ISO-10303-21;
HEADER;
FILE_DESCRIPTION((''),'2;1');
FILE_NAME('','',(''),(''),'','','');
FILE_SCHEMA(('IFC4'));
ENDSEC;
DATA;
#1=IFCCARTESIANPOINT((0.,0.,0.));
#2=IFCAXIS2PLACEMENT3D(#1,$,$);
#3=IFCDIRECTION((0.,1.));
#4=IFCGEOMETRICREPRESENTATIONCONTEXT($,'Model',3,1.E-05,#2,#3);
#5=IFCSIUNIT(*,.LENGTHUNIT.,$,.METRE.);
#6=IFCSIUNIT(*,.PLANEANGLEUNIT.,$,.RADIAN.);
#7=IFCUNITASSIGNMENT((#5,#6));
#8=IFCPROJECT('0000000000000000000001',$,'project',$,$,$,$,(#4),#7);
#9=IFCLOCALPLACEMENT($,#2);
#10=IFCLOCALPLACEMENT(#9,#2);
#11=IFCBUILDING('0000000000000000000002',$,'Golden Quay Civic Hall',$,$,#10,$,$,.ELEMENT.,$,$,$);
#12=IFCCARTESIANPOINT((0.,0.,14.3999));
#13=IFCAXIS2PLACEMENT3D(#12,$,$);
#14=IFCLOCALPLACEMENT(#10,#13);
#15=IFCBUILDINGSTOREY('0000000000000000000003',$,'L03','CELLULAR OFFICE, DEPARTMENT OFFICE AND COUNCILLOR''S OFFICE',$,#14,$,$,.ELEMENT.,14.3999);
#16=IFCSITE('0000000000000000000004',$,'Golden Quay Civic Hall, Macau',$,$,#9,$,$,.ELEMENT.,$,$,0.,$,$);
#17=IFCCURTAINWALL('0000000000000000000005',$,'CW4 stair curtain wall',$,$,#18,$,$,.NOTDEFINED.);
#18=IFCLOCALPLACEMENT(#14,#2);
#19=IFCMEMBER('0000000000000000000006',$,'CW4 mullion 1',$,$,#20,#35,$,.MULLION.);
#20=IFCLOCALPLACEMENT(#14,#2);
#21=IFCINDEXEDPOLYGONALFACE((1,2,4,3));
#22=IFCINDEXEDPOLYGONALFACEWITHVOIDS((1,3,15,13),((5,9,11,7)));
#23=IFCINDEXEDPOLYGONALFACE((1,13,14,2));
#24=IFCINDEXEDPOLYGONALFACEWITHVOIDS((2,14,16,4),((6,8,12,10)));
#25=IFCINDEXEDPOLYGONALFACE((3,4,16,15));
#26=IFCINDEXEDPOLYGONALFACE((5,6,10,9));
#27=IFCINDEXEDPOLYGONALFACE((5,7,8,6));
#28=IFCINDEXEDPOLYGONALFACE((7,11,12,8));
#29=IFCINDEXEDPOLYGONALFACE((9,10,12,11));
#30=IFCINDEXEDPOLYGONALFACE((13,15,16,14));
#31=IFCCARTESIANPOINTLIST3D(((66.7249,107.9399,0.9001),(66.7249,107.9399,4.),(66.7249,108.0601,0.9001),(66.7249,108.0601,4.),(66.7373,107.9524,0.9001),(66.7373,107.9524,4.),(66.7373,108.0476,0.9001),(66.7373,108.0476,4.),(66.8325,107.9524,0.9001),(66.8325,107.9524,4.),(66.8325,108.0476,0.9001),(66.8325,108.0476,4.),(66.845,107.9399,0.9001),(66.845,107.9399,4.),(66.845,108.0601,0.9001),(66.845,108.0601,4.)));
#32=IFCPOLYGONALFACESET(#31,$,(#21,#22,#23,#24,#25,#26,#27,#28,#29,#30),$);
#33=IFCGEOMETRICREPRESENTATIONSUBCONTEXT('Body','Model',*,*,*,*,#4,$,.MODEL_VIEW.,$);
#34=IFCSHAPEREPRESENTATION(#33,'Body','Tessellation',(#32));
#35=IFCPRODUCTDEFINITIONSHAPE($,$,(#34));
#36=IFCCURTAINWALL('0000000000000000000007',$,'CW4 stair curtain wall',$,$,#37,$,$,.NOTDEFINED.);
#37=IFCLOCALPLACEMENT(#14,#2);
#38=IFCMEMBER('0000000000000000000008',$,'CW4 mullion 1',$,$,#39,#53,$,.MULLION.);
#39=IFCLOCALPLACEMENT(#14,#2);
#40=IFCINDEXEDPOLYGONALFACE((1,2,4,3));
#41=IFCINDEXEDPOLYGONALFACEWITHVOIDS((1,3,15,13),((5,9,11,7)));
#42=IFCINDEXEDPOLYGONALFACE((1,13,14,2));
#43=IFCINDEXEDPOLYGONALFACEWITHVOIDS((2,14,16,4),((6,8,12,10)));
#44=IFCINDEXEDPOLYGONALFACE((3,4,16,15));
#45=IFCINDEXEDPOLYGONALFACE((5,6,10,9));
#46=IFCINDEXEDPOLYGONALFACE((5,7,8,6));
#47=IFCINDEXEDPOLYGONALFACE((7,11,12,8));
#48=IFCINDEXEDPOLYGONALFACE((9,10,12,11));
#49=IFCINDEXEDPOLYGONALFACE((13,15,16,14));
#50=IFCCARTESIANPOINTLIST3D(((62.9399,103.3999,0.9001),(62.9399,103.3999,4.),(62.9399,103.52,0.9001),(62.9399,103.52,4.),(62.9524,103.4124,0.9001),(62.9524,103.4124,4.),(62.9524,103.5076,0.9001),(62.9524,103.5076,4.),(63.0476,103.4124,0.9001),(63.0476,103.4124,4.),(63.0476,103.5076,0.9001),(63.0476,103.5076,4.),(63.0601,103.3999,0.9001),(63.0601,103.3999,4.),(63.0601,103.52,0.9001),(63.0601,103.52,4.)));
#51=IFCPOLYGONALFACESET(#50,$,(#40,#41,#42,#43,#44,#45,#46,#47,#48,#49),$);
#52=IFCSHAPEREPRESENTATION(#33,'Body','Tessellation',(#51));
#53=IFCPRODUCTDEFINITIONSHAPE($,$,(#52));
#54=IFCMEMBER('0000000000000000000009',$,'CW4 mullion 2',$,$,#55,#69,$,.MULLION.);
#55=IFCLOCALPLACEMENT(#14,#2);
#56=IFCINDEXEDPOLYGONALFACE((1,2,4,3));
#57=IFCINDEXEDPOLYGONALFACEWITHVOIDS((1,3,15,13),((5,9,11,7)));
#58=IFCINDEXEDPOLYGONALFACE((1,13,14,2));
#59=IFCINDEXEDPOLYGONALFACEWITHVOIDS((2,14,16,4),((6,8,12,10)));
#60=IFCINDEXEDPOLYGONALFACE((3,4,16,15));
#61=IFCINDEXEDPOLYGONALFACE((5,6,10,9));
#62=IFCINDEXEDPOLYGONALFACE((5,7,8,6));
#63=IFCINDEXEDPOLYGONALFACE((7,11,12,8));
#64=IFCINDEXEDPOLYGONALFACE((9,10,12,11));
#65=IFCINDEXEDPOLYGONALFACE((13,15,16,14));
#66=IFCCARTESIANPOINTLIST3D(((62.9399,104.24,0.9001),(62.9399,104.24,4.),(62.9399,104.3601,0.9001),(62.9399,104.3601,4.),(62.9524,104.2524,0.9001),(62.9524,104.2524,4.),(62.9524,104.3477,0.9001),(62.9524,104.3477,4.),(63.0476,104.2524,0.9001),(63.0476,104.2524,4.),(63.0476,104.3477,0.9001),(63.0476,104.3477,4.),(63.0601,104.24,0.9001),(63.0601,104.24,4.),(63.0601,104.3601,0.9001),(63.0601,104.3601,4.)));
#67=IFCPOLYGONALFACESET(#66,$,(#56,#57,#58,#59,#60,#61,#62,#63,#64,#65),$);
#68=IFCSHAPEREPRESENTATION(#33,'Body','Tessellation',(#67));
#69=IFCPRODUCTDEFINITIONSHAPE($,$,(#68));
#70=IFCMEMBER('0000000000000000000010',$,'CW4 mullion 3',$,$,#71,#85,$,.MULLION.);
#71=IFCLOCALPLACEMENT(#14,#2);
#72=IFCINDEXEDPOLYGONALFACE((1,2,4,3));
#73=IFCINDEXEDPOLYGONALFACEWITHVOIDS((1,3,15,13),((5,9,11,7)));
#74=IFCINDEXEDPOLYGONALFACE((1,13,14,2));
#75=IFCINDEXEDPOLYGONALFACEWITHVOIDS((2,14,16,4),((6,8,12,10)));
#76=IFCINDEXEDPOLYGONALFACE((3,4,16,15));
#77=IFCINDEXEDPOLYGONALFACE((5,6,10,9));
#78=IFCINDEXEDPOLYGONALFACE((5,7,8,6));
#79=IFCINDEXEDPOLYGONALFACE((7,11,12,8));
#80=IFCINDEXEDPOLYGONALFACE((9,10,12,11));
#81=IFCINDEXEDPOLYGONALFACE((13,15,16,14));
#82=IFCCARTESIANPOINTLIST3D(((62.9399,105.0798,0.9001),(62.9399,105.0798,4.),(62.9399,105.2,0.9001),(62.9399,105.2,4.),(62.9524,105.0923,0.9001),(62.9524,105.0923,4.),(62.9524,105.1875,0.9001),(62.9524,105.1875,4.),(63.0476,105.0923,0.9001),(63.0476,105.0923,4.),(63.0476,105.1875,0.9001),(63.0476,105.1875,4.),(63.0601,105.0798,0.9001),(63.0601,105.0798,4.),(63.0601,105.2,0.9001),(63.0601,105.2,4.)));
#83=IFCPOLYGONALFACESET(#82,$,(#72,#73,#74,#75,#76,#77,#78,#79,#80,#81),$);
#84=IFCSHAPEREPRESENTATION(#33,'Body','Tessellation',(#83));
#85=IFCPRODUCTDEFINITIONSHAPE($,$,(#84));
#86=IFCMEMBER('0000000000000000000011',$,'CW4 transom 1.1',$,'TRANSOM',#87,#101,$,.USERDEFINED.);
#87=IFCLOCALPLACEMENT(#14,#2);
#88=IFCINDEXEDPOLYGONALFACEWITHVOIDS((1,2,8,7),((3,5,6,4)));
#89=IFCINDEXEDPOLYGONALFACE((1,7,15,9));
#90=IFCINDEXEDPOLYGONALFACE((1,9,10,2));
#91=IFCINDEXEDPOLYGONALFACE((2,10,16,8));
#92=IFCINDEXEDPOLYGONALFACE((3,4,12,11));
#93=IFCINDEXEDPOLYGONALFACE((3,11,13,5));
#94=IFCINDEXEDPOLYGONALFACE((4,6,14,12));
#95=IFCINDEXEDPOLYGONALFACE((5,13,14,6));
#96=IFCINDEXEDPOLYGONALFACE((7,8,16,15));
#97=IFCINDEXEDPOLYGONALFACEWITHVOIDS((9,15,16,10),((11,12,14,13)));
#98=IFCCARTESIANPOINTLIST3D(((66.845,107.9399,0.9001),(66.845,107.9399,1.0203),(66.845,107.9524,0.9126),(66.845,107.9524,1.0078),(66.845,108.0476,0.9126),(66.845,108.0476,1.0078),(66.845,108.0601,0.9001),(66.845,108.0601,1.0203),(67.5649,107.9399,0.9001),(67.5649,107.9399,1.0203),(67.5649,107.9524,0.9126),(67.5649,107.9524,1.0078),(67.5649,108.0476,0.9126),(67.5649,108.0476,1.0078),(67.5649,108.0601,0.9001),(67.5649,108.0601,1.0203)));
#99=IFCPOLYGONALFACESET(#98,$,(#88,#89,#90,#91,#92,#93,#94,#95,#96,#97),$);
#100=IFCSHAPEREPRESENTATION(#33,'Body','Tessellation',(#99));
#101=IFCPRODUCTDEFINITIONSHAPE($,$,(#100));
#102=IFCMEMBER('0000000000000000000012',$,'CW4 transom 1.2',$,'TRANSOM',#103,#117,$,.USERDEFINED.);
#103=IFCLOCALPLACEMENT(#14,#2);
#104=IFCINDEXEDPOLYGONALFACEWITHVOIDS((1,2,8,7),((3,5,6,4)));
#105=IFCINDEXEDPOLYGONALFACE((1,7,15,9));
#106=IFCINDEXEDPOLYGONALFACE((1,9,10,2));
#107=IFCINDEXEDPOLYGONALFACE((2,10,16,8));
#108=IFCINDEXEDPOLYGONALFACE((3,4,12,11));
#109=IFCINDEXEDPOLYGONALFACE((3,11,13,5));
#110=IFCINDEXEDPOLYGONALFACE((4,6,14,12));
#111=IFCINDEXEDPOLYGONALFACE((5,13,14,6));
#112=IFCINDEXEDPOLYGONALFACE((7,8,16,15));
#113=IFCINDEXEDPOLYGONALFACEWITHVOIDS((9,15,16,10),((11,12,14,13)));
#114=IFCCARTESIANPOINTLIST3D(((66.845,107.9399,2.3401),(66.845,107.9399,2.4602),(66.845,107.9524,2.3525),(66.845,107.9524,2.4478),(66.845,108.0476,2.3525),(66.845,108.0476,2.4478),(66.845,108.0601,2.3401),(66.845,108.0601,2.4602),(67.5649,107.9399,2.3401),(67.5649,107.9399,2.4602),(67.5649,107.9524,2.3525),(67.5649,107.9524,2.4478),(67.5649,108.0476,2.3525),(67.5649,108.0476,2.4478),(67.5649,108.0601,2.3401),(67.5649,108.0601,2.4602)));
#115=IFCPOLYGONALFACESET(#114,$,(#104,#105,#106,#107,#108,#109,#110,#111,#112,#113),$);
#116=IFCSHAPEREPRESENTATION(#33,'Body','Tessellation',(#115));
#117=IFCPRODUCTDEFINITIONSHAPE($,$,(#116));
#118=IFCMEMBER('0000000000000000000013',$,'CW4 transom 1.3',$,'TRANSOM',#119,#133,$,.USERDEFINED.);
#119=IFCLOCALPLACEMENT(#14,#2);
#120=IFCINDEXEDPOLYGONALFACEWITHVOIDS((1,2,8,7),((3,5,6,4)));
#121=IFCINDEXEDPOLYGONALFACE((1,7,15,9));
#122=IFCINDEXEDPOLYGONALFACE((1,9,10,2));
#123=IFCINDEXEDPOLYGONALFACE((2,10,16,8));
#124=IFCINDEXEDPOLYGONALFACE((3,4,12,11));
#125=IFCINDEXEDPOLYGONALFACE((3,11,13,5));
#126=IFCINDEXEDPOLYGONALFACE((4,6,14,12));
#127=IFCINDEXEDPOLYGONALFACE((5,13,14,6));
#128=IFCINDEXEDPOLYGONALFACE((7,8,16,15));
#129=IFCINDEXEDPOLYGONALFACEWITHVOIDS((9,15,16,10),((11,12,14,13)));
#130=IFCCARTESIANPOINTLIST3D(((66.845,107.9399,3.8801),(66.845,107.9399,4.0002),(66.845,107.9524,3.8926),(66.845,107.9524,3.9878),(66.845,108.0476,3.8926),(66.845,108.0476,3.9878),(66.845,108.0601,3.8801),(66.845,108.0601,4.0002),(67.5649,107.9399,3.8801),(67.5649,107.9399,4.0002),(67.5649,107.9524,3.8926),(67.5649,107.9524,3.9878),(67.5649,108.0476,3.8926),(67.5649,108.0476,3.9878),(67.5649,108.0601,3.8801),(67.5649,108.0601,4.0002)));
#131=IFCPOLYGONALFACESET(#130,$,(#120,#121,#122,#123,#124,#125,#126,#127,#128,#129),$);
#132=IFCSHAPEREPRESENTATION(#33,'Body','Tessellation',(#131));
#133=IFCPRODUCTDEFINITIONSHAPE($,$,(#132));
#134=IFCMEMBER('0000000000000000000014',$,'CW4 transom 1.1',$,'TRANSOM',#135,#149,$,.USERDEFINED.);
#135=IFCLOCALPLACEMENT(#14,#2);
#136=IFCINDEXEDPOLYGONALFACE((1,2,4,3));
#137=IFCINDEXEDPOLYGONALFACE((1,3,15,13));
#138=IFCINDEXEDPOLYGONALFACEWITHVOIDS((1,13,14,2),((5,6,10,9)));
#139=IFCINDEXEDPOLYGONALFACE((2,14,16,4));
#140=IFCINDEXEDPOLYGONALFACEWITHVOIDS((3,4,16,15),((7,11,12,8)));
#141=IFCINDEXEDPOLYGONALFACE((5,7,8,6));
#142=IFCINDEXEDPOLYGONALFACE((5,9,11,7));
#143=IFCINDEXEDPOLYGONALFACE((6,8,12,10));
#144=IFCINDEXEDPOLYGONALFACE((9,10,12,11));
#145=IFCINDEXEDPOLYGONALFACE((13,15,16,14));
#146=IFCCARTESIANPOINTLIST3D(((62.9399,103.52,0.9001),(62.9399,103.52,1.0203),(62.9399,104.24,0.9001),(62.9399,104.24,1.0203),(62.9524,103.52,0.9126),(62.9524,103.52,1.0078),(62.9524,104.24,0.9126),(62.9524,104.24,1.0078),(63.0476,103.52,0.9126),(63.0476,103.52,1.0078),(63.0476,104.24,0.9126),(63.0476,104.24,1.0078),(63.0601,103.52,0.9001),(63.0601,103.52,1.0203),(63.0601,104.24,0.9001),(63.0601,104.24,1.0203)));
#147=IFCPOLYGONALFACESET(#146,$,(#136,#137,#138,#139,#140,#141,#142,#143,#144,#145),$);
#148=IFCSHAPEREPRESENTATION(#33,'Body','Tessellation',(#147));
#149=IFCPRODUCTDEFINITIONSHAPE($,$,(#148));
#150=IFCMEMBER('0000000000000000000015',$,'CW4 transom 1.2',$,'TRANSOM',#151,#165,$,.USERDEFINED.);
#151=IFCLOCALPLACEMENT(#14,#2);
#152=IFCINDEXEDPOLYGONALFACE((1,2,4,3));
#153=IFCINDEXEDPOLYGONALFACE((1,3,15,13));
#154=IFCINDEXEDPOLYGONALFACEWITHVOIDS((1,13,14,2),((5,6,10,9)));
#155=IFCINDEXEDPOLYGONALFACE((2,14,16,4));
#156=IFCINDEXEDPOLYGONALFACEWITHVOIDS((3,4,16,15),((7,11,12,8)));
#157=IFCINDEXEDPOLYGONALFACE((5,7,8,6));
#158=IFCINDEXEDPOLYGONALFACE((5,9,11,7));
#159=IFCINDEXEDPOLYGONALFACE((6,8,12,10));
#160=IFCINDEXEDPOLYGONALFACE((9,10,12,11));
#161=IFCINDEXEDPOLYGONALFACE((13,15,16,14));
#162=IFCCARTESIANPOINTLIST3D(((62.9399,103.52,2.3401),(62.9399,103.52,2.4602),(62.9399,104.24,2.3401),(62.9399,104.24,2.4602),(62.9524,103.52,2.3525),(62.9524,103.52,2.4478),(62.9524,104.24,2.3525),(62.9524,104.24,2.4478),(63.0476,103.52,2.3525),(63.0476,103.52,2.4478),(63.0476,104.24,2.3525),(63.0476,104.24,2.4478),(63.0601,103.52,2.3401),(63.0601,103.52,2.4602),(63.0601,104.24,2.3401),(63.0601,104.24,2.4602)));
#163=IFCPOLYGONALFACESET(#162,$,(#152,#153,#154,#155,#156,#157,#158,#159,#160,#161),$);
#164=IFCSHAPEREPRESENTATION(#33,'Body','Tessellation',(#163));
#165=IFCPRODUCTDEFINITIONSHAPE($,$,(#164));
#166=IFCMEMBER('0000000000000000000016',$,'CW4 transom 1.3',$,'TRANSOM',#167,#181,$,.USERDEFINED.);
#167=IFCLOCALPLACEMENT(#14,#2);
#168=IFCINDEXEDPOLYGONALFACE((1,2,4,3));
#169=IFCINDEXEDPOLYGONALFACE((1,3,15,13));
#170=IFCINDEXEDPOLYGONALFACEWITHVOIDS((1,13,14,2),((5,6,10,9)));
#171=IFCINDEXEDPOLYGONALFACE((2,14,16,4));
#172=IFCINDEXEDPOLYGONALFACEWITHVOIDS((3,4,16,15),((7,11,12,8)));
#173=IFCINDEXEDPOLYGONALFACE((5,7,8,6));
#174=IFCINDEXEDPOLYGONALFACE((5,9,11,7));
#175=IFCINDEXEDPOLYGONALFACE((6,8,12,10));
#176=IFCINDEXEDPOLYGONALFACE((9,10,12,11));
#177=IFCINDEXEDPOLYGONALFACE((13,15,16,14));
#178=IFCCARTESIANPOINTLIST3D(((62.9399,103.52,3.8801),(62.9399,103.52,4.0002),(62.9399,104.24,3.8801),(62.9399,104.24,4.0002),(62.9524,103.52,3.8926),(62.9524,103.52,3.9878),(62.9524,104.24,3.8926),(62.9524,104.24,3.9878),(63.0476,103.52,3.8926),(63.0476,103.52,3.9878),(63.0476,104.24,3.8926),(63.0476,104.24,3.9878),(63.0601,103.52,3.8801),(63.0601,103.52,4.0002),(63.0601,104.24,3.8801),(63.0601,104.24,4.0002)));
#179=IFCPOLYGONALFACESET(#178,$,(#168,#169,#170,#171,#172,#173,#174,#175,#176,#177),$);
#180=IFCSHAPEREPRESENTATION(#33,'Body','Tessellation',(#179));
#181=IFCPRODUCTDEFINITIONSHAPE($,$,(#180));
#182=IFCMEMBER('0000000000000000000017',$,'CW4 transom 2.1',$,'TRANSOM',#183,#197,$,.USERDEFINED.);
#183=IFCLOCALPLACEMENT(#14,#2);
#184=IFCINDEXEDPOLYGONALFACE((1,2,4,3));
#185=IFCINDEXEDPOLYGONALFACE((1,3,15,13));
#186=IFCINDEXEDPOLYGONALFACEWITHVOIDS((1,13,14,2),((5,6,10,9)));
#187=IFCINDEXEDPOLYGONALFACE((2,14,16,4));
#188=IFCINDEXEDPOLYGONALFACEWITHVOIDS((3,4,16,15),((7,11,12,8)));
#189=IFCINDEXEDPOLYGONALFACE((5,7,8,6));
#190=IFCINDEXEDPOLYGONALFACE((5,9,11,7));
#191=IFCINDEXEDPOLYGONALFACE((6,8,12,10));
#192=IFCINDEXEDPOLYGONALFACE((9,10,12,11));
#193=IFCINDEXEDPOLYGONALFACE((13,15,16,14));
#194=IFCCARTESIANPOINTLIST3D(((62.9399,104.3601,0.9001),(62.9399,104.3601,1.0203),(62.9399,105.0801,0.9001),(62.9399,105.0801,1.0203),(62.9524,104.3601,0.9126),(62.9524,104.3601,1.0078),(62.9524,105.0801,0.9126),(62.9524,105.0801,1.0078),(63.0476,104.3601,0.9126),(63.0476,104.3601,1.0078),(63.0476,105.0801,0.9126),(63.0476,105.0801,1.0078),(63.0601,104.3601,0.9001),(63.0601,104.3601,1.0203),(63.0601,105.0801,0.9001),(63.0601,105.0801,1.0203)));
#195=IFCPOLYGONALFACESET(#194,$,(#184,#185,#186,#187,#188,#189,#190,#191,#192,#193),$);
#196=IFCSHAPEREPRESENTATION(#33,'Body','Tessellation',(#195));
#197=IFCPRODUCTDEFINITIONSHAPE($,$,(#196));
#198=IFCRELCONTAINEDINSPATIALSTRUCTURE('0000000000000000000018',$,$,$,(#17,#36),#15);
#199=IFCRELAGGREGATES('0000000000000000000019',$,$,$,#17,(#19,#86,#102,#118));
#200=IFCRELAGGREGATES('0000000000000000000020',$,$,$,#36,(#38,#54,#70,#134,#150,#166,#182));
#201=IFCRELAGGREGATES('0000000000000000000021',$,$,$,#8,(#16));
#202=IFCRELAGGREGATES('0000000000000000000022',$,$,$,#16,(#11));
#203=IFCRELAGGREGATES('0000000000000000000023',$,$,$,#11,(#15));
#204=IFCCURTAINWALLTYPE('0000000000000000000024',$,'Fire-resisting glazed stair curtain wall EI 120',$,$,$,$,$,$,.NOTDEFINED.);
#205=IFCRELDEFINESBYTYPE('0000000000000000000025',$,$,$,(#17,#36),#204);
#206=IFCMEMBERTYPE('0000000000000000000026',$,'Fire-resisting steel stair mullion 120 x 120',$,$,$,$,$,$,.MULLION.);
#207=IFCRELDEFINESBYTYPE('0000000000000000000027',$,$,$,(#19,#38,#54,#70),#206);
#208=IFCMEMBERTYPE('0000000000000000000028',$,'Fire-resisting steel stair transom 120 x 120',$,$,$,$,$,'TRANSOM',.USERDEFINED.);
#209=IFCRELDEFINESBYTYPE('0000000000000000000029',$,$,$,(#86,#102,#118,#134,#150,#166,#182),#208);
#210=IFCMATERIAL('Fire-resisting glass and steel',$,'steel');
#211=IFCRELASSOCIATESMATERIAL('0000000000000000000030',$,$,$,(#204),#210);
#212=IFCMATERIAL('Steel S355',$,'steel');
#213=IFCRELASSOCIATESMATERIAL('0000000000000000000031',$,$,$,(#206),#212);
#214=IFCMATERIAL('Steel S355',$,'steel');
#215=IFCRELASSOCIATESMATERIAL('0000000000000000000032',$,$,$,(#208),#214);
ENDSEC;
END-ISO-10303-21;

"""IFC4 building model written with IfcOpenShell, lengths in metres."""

from ifc_helpers import new_model, si_unit, direction, frame, origin, origin_2d, place, context, subcontext, project, spatial, hollow_rectangle, extrude, material, material_profile, profile_set, type_object, element, aggregate, save


model = new_model("IFC4")

# Units and contexts
model_context = context("Model", 3, precision=1e-05, world=origin(), true_north=direction((0.0, 1.0)))
body_context = subcontext(model_context, "Body", "Model", "MODEL_VIEW")
ifc_project = project(units=[si_unit("LENGTHUNIT", "METRE"), si_unit("PLANEANGLEUNIT", "RADIAN")], contexts=[model_context])

# Site, building, storey
site_placement = place(None, origin())
site = spatial("IfcSite", under=ifc_project, at=site_placement, Name="Golden Quay Civic Hall, Macau", CompositionType="ELEMENT", RefElevation=0.0)
building_placement = place(site_placement, origin())
building = spatial("IfcBuilding", under=site, at=building_placement, Name="Golden Quay Civic Hall", CompositionType="ELEMENT")
storey_placement = place(building_placement, frame((0.0, 0.0, 14.3999)))
storey = spatial("IfcBuildingStorey", under=building, at=storey_placement, Name="L03", Description="CELLULAR OFFICE, DEPARTMENT OFFICE AND COUNCILLOR'S OFFICE", CompositionType="ELEMENT", Elevation=14.3999)

# Curtain wall, member
ifc_material_1 = material(Name="Fire-resisting glass and steel", Category="steel")
curtain_wall_type = type_object("IfcCurtainWallType", Name="Fire-resisting glazed stair curtain wall EI 120", PredefinedType="NOTDEFINED", material=ifc_material_1)
curtain_wall_1_placement = place(storey_placement, origin())
curtain_wall_1 = element("IfcCurtainWall", 1, at=curtain_wall_1_placement, inside=storey, type_object=curtain_wall_type, Name="CW4 stair curtain wall", PredefinedType="NOTDEFINED")
ifc_material_2 = material(Name="Steel S355", Category="steel")
ifc_material_profile_1 = material_profile(ifc_material_2, hollow_rectangle(XDim=0.1201, YDim=0.1201, WallThickness=0.0125, at=origin_2d()), Name="SHS 120x120x12.5")
ifc_profile_set_1 = profile_set([ifc_material_profile_1], Name="Steel S355")
member_type_1 = type_object("IfcMemberType", Name="Fire-resisting steel stair mullion 120 x 120", PredefinedType="MULLION", material=ifc_profile_set_1)
member_1_placement = place(storey_placement, frame((66.7849, 108.0, 0.9001), z_axis=(0.0, 0.0, 1.0), x_axis=(0.0, 1.0, 0.0)))
member_1 = element("IfcMember", 2, at=member_1_placement, type_object=member_type_1, Name="CW4 mullion 1", PredefinedType="MULLION", context=body_context, shape_type="SweptSolid", body=[
    extrude(hollow_rectangle(XDim=0.1201, YDim=0.1201, WallThickness=0.0125, at=origin_2d()), origin(), (0.0, 0.0, 1.0), 3.0999),
])

# Curtain wall, members
curtain_wall_2_placement = place(storey_placement, origin())
curtain_wall_2 = element("IfcCurtainWall", 3, at=curtain_wall_2_placement, inside=storey, type_object=curtain_wall_type, Name="CW4 stair curtain wall", PredefinedType="NOTDEFINED")
member_2_placement = place(storey_placement, frame((63.0, 103.46, 0.9001), z_axis=(0.0, 0.0, 1.0), x_axis=(-1.0, 0.0, 0.0)))
member_2 = element("IfcMember", 4, at=member_2_placement, type_object=member_type_1, Name="CW4 mullion 1", PredefinedType="MULLION", context=body_context, shape_type="SweptSolid", body=[
    extrude(hollow_rectangle(XDim=0.1201, YDim=0.1201, WallThickness=0.0125, at=origin_2d()), origin(), (0.0, 0.0, 1.0), 3.0999),
])
member_3_placement = place(storey_placement, frame((63.0, 104.3, 0.9001), z_axis=(0.0, 0.0, 1.0), x_axis=(-1.0, 0.0, 0.0)))
member_3 = element("IfcMember", 5, at=member_3_placement, type_object=member_type_1, Name="CW4 mullion 2", PredefinedType="MULLION", context=body_context, shape_type="SweptSolid", body=[
    extrude(hollow_rectangle(XDim=0.1201, YDim=0.1201, WallThickness=0.0125, at=origin_2d()), origin(), (0.0, 0.0, 1.0), 3.0999),
])
member_4_placement = place(storey_placement, frame((63.0, 105.1399, 0.9001), z_axis=(0.0, 0.0, 1.0), x_axis=(-1.0, 0.0, 0.0)))
member_4 = element("IfcMember", 6, at=member_4_placement, type_object=member_type_1, Name="CW4 mullion 3", PredefinedType="MULLION", context=body_context, shape_type="SweptSolid", body=[
    extrude(hollow_rectangle(XDim=0.1201, YDim=0.1201, WallThickness=0.0125, at=origin_2d()), origin(), (0.0, 0.0, 1.0), 3.0999),
])

# Members
ifc_material_3 = material(Name="Steel S355", Category="steel")
ifc_material_profile_2 = material_profile(ifc_material_3, hollow_rectangle(XDim=0.1201, YDim=0.1201, WallThickness=0.0125, at=origin_2d()), Name="SHS 120x120x12.5")
ifc_profile_set_2 = profile_set([ifc_material_profile_2], Name="Steel S355")
member_type_2 = type_object("IfcMemberType", Name="Fire-resisting steel stair transom 120 x 120", ElementType="TRANSOM", PredefinedType="USERDEFINED", material=ifc_profile_set_2)
member_5_placement = place(storey_placement, frame((66.845, 108.0, 0.9602), z_axis=(1.0, 0.0, 0.0), x_axis=(0.0, 1.0, 0.0)))
member_5 = element("IfcMember", 7, at=member_5_placement, type_object=member_type_2, Name="CW4 transom 1.1", ObjectType="TRANSOM", PredefinedType="USERDEFINED", context=body_context, shape_type="SweptSolid", body=[
    extrude(hollow_rectangle(XDim=0.1201, YDim=0.1201, WallThickness=0.0125, at=origin_2d()), origin(), (0.0, 0.0, 1.0), 0.72),
])
member_6_placement = place(storey_placement, frame((66.845, 108.0, 2.4001), z_axis=(1.0, 0.0, 0.0), x_axis=(0.0, 1.0, 0.0)))
member_6 = element("IfcMember", 8, at=member_6_placement, type_object=member_type_2, Name="CW4 transom 1.2", ObjectType="TRANSOM", PredefinedType="USERDEFINED", context=body_context, shape_type="SweptSolid", body=[
    extrude(hollow_rectangle(XDim=0.1201, YDim=0.1201, WallThickness=0.0125, at=origin_2d()), origin(), (0.0, 0.0, 1.0), 0.72),
])
member_7_placement = place(storey_placement, frame((66.845, 108.0, 3.9402), z_axis=(1.0, 0.0, 0.0), x_axis=(0.0, 1.0, 0.0)))
member_7 = element("IfcMember", 9, at=member_7_placement, type_object=member_type_2, Name="CW4 transom 1.3", ObjectType="TRANSOM", PredefinedType="USERDEFINED", context=body_context, shape_type="SweptSolid", body=[
    extrude(hollow_rectangle(XDim=0.1201, YDim=0.1201, WallThickness=0.0125, at=origin_2d()), origin(), (0.0, 0.0, 1.0), 0.72),
])
aggregate(curtain_wall_1, [member_1, member_5, member_6, member_7])
member_8_placement = place(storey_placement, frame((63.0, 103.52, 0.9602), z_axis=(0.0, 1.0, 0.0), x_axis=(-1.0, 0.0, 0.0)))
member_8 = element("IfcMember", 10, at=member_8_placement, type_object=member_type_2, Name="CW4 transom 1.1", ObjectType="TRANSOM", PredefinedType="USERDEFINED", context=body_context, shape_type="SweptSolid", body=[
    extrude(hollow_rectangle(XDim=0.1201, YDim=0.1201, WallThickness=0.0125, at=origin_2d()), origin(), (0.0, 0.0, 1.0), 0.72),
])
member_9_placement = place(storey_placement, frame((63.0, 103.52, 2.4001), z_axis=(0.0, 1.0, 0.0), x_axis=(-1.0, 0.0, 0.0)))
member_9 = element("IfcMember", 11, at=member_9_placement, type_object=member_type_2, Name="CW4 transom 1.2", ObjectType="TRANSOM", PredefinedType="USERDEFINED", context=body_context, shape_type="SweptSolid", body=[
    extrude(hollow_rectangle(XDim=0.1201, YDim=0.1201, WallThickness=0.0125, at=origin_2d()), origin(), (0.0, 0.0, 1.0), 0.72),
])
member_10_placement = place(storey_placement, frame((63.0, 103.52, 3.9402), z_axis=(0.0, 1.0, 0.0), x_axis=(-1.0, 0.0, 0.0)))
member_10 = element("IfcMember", 12, at=member_10_placement, type_object=member_type_2, Name="CW4 transom 1.3", ObjectType="TRANSOM", PredefinedType="USERDEFINED", context=body_context, shape_type="SweptSolid", body=[
    extrude(hollow_rectangle(XDim=0.1201, YDim=0.1201, WallThickness=0.0125, at=origin_2d()), origin(), (0.0, 0.0, 1.0), 0.72),
])
member_11_placement = place(storey_placement, frame((63.0, 104.3601, 0.9602), z_axis=(0.0, 1.0, 0.0), x_axis=(-1.0, 0.0, 0.0)))
member_11 = element("IfcMember", 13, at=member_11_placement, type_object=member_type_2, Name="CW4 transom 2.1", ObjectType="TRANSOM", PredefinedType="USERDEFINED", context=body_context, shape_type="SweptSolid", body=[
    extrude(hollow_rectangle(XDim=0.1201, YDim=0.1201, WallThickness=0.0125, at=origin_2d()), origin(), (0.0, 0.0, 1.0), 0.72),
])

aggregate(curtain_wall_2, [member_2, member_3, member_4, member_8, member_9, member_10, member_11])

save(model, "model.ifc")
